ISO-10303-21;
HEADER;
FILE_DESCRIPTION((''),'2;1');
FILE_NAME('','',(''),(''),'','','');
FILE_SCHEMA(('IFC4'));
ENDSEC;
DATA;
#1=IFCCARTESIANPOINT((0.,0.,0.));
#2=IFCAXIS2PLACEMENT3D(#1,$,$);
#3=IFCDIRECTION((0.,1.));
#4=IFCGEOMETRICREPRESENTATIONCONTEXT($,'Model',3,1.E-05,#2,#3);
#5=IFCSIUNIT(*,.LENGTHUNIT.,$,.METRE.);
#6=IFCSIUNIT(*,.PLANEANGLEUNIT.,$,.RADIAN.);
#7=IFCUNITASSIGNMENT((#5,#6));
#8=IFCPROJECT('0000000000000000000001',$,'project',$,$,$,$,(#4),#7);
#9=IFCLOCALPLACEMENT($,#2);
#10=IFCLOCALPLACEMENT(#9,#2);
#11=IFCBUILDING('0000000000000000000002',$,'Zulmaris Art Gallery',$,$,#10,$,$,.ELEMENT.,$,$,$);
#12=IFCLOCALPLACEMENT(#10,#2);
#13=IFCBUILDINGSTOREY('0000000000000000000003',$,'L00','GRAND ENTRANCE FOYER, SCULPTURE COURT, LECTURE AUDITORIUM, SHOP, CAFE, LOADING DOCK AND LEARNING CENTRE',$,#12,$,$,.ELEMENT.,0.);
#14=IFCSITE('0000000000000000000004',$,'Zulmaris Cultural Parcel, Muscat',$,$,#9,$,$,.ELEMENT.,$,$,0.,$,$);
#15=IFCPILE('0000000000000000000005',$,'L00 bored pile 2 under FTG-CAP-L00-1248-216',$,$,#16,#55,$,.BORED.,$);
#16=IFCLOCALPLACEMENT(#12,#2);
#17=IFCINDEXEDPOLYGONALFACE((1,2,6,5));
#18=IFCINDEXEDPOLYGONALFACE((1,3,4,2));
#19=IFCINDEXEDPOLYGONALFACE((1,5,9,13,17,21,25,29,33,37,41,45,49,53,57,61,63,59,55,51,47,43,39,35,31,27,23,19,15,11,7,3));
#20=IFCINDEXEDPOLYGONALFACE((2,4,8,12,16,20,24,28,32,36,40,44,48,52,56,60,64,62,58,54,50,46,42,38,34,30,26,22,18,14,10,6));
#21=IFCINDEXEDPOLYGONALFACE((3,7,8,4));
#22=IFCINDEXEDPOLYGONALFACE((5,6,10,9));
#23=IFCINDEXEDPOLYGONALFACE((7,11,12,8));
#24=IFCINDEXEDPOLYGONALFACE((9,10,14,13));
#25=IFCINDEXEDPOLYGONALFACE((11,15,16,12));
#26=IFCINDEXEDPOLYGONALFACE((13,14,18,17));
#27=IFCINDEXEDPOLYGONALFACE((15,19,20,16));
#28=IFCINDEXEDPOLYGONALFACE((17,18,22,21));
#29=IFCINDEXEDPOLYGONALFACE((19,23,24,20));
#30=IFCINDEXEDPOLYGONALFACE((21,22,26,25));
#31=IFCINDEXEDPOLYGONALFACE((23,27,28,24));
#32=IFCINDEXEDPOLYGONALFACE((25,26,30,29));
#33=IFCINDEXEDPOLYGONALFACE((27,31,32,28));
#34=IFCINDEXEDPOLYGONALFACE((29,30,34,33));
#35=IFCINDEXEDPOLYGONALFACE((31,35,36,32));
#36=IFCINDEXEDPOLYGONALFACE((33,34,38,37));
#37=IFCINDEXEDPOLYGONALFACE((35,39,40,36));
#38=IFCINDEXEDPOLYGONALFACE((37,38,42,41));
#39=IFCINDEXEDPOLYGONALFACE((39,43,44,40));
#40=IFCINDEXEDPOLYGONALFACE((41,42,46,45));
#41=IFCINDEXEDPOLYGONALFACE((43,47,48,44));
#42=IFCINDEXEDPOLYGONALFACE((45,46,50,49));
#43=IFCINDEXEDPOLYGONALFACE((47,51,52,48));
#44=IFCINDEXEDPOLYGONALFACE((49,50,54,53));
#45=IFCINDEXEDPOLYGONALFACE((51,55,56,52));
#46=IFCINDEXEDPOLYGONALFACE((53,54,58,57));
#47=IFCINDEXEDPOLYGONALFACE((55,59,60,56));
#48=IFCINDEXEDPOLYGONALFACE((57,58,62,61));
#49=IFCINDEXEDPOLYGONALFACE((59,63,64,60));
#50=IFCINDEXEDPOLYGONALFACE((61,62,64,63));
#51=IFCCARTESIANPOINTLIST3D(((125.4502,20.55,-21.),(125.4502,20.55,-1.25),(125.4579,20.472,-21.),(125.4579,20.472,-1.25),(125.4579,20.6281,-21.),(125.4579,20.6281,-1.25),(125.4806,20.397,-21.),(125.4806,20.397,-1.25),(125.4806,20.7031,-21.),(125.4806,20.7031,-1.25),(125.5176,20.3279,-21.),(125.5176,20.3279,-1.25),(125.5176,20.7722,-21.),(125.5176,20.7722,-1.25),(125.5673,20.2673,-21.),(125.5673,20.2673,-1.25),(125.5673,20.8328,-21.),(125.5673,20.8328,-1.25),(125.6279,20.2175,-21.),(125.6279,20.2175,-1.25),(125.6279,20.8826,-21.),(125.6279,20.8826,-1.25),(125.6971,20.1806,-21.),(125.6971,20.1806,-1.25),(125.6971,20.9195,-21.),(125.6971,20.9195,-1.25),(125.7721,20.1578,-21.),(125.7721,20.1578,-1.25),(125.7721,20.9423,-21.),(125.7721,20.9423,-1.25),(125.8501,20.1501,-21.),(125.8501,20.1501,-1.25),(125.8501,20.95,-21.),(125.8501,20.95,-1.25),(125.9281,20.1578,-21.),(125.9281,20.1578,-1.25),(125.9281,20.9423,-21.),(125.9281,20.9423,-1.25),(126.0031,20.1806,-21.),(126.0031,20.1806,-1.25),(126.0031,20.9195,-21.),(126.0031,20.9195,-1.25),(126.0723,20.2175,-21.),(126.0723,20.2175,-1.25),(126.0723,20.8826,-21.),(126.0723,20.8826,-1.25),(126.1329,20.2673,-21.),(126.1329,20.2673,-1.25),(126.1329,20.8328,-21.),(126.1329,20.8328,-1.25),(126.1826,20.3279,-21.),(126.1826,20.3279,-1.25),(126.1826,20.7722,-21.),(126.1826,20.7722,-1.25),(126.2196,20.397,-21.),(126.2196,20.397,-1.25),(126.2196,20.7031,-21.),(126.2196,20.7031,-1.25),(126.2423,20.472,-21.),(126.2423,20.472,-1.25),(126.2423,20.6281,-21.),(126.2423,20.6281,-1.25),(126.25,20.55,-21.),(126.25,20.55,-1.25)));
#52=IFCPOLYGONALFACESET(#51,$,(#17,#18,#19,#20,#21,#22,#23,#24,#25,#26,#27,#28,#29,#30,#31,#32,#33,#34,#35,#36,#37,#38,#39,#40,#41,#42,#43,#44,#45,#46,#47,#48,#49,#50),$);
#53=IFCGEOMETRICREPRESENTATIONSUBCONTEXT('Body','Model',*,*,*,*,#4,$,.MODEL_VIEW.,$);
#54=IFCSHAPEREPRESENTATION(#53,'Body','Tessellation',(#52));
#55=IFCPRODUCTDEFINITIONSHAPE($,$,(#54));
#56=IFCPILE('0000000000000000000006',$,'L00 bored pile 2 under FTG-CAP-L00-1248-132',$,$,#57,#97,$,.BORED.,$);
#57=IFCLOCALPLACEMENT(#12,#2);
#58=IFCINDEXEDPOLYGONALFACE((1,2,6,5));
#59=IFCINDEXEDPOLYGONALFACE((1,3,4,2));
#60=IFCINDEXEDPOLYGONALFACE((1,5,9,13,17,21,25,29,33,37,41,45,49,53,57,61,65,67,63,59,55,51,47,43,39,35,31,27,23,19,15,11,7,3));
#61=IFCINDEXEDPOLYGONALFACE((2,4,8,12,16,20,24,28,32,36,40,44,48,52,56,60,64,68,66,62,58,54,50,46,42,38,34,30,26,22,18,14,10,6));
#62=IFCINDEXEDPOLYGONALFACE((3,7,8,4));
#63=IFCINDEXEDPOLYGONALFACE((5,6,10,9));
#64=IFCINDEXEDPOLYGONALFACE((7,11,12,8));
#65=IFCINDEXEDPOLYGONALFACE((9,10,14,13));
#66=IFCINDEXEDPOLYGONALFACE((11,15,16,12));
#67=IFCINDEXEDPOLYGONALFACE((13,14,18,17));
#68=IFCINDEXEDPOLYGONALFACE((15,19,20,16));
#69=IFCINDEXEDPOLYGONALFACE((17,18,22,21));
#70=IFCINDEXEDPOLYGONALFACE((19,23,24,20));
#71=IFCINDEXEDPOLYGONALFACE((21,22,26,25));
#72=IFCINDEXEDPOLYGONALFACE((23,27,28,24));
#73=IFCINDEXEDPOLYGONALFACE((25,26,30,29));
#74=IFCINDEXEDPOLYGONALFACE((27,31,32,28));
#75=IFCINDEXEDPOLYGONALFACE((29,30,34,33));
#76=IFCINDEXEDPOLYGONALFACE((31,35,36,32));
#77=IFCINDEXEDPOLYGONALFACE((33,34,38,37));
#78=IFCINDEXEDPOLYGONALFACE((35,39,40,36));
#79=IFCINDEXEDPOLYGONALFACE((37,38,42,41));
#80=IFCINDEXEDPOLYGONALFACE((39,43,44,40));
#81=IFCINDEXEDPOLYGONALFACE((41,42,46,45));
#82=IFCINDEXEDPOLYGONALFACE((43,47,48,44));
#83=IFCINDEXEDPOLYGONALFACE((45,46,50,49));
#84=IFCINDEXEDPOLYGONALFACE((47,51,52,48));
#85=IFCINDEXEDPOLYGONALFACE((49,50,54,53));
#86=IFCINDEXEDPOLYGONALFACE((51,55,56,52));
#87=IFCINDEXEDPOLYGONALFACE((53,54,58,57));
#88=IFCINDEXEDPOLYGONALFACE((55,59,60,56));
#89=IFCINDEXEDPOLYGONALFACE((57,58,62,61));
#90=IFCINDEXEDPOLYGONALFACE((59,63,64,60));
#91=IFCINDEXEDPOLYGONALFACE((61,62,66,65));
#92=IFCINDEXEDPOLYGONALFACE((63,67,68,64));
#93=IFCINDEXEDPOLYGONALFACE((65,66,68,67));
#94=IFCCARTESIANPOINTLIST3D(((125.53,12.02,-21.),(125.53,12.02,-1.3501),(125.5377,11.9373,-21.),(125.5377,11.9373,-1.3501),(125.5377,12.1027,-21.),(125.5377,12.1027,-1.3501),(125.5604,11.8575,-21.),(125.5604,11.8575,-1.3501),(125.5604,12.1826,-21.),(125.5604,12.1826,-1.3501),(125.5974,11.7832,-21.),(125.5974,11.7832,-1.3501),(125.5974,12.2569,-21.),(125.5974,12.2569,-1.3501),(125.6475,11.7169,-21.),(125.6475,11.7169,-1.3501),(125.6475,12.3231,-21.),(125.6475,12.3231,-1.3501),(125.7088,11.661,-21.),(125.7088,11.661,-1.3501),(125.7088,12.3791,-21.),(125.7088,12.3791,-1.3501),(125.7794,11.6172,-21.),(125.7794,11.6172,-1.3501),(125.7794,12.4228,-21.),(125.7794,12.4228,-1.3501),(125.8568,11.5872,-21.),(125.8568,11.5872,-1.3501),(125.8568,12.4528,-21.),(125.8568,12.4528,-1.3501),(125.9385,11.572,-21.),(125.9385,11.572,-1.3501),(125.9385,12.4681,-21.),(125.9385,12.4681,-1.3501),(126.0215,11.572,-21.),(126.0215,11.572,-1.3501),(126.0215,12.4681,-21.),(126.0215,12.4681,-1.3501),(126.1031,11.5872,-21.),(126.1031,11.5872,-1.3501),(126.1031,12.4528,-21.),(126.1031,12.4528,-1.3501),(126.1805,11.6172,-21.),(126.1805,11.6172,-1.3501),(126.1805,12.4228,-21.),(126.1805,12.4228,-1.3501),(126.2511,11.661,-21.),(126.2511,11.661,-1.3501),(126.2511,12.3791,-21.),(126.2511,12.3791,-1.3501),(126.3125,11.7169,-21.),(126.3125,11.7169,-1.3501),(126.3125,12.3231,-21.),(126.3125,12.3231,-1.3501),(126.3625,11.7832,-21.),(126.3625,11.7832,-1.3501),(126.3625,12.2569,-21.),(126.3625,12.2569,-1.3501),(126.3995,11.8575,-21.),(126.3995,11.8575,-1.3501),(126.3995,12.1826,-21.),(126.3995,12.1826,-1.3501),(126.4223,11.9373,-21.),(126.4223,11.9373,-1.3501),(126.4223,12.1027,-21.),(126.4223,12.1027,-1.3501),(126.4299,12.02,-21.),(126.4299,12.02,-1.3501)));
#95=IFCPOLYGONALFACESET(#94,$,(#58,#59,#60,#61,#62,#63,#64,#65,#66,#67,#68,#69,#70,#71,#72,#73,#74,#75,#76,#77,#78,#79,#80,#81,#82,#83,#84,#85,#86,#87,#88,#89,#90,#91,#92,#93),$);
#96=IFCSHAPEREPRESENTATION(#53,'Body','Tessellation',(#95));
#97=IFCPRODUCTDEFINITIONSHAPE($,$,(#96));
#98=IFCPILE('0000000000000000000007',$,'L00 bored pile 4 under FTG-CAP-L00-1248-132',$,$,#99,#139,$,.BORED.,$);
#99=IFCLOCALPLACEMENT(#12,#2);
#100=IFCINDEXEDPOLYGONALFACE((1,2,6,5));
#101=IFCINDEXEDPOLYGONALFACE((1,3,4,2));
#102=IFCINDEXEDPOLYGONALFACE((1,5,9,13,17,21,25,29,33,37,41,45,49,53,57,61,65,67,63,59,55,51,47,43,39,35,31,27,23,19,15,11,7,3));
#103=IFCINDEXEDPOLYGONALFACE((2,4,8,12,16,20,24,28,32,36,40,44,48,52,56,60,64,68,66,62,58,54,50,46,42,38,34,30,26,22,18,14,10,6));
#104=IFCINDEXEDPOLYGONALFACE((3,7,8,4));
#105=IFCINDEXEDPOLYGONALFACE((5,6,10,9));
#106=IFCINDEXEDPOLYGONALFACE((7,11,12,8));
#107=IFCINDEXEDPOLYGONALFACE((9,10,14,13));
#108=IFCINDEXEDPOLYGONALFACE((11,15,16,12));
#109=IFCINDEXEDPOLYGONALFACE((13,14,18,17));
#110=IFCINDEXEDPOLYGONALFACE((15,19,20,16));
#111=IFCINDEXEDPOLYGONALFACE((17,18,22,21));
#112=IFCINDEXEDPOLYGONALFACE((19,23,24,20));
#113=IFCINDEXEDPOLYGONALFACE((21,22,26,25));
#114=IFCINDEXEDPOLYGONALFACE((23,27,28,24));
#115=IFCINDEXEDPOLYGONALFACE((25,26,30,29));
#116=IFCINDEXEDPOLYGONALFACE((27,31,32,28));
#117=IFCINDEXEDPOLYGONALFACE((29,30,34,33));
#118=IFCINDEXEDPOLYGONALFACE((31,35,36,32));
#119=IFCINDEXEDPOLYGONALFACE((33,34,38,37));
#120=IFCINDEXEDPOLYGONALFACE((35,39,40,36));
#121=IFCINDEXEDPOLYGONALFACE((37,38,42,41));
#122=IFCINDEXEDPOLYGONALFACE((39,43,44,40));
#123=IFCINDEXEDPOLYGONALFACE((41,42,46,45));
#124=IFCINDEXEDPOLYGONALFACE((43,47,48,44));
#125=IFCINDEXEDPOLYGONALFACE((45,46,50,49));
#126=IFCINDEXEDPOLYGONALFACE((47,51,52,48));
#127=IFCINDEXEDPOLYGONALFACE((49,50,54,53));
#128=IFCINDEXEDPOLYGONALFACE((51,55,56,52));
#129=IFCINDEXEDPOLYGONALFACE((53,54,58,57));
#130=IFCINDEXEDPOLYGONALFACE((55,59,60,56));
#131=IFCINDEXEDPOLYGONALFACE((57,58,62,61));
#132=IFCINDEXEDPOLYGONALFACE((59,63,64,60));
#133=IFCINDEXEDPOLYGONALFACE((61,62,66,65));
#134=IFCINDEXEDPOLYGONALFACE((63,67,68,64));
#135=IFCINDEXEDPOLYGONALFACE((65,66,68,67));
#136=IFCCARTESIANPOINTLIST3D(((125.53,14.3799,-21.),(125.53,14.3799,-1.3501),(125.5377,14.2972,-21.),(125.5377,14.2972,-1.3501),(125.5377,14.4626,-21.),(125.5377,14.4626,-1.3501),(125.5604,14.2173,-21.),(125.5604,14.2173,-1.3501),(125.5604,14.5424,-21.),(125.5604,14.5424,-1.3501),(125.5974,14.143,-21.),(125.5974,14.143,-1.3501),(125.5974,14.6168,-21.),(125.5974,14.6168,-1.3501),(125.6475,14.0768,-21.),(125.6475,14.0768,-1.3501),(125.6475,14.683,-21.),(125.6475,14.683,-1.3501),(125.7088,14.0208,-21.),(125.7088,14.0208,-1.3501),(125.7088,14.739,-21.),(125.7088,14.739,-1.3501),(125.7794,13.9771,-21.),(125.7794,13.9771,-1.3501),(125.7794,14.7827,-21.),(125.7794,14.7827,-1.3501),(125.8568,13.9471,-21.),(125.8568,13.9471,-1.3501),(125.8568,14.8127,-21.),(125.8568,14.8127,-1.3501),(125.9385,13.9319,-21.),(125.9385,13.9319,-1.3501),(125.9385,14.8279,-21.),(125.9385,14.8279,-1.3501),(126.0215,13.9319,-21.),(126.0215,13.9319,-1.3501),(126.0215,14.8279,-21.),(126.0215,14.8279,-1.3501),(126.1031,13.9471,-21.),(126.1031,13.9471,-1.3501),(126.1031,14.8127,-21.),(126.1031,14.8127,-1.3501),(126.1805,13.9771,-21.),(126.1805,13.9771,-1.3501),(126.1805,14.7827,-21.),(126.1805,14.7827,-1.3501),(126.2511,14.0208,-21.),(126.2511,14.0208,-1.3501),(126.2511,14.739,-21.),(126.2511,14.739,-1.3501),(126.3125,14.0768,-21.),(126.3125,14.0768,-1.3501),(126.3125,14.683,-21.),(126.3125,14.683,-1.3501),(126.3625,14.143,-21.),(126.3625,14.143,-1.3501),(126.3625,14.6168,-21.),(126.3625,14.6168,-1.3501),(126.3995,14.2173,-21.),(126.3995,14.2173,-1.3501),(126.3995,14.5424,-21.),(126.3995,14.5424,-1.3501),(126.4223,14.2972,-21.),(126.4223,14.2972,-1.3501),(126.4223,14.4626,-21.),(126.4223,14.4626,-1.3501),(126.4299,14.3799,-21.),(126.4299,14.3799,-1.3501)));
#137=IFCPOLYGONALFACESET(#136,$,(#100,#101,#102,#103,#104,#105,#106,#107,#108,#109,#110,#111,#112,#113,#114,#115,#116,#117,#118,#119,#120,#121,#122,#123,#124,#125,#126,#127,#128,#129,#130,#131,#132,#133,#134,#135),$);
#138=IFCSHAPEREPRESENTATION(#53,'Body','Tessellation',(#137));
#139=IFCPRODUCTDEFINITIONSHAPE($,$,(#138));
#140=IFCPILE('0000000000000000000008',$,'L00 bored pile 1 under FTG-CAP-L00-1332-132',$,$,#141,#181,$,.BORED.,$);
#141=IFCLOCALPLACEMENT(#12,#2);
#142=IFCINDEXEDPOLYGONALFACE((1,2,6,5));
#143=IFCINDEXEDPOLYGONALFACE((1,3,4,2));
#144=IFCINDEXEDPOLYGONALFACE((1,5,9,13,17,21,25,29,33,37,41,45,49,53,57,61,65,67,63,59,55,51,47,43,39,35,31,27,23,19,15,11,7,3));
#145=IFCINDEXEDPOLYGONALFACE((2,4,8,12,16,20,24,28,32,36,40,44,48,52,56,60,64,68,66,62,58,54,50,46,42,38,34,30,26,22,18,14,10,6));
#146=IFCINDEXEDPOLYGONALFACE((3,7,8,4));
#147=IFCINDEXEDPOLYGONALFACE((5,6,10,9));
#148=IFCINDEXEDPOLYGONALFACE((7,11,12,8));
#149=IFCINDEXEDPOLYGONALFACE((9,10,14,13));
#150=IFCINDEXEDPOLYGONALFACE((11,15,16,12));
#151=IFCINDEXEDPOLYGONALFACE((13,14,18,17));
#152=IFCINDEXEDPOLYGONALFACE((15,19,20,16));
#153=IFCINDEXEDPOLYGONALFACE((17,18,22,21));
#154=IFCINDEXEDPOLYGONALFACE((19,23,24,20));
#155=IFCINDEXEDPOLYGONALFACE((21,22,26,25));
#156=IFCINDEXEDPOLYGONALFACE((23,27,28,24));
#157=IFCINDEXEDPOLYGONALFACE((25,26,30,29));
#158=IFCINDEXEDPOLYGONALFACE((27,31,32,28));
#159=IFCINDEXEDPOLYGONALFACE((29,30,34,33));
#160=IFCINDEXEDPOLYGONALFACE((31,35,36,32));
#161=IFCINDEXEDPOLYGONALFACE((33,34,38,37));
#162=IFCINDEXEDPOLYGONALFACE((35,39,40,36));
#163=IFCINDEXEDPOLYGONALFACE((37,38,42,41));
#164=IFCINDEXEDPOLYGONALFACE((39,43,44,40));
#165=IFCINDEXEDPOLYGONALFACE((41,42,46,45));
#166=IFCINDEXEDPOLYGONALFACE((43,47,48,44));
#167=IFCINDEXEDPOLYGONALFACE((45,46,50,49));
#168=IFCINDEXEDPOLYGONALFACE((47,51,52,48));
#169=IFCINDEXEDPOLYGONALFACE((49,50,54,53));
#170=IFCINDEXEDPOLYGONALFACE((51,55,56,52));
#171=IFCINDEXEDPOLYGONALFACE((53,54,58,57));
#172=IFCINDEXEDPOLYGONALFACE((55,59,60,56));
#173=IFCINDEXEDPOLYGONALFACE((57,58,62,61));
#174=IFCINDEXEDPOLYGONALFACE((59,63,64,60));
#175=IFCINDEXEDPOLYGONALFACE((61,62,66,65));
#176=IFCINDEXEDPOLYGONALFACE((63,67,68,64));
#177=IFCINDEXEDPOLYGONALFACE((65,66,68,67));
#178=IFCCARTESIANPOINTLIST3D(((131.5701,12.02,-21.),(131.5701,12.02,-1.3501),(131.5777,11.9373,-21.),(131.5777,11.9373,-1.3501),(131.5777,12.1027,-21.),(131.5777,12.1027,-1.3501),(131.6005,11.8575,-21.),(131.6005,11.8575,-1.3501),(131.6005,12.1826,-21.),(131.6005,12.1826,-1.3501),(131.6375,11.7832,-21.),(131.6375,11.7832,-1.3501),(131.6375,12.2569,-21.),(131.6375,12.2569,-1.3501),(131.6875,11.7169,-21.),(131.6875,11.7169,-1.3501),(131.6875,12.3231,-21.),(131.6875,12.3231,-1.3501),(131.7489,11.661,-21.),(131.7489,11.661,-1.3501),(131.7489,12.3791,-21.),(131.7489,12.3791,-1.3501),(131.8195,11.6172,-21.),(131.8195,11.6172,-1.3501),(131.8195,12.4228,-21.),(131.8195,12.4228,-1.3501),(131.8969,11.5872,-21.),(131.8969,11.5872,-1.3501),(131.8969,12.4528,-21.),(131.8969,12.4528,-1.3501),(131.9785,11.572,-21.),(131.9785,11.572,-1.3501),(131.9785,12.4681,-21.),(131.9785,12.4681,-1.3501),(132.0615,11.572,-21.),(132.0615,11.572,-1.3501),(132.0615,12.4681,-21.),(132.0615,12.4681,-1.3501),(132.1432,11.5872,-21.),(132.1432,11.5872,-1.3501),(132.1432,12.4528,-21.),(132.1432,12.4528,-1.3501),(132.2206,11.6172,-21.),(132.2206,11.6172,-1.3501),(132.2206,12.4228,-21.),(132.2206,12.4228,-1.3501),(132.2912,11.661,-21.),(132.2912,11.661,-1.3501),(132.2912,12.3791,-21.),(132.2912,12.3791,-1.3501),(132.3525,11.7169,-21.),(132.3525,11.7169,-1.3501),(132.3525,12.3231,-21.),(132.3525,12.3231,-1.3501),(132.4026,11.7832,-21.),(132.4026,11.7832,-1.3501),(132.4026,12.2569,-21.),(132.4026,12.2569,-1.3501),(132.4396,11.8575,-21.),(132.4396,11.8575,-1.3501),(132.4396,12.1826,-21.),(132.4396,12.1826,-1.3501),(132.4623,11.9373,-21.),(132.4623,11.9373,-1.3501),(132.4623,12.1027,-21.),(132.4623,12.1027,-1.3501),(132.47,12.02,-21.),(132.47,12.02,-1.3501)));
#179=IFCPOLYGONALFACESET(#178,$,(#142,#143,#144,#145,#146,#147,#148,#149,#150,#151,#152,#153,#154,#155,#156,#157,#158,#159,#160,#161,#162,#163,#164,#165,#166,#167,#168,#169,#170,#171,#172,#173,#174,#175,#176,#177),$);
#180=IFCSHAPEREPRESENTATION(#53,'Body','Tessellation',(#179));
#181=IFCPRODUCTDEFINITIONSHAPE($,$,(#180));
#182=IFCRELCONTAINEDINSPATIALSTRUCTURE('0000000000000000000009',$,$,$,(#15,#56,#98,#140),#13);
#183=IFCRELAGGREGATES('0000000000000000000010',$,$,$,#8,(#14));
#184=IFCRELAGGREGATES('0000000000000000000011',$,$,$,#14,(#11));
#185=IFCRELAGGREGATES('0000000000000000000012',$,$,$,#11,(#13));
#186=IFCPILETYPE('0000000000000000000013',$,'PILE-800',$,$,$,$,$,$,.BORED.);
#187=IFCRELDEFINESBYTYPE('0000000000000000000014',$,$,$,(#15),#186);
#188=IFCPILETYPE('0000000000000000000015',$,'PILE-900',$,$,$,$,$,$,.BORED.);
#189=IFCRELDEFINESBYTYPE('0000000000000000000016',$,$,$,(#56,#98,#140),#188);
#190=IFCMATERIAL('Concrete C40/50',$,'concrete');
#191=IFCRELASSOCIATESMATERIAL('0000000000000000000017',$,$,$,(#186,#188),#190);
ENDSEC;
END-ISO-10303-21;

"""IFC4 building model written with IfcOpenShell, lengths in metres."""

from ifc_helpers import new_model, si_unit, direction, frame, origin, origin_2d, place, context, subcontext, project, spatial, circle, extrude, material, material_profile, profile_set, type_object, element, save


model = new_model("IFC4")

# Units and contexts
model_context = context("Model", 3, precision=1e-05, world=origin(), true_north=direction((0.0, 1.0)))
body_context = subcontext(model_context, "Body", "Model", "MODEL_VIEW")
ifc_project = project(units=[si_unit("LENGTHUNIT", "METRE"), si_unit("PLANEANGLEUNIT", "RADIAN")], contexts=[model_context])

# Site, building, storey
site_placement = place(None, origin())
site = spatial("IfcSite", under=ifc_project, at=site_placement, Name="Zulmaris Cultural Parcel, Muscat", CompositionType="ELEMENT", RefElevation=0.0)
building_placement = place(site_placement, origin())
building = spatial("IfcBuilding", under=site, at=building_placement, Name="Zulmaris Art Gallery", CompositionType="ELEMENT")
storey_placement = place(building_placement, origin())
storey = spatial("IfcBuildingStorey", under=building, at=storey_placement, Name="L00", Description="GRAND ENTRANCE FOYER, SCULPTURE COURT, LECTURE AUDITORIUM, SHOP, CAFE, LOADING DOCK AND LEARNING CENTRE", CompositionType="ELEMENT", Elevation=0.0)

# Piles
ifc_material_1 = material(Name="Concrete C40/50", Category="concrete")
ifc_material_profile_1 = material_profile(ifc_material_1, circle(Radius=0.3999, at=origin_2d()), Name="PILE DIA 800")
ifc_profile_set_1 = profile_set([ifc_material_profile_1], Name="Concrete C40/50")
pile_type_1 = type_object("IfcPileType", Name="PILE-800", PredefinedType="BORED", material=ifc_profile_set_1)
pile_placement = place(storey_placement, frame((125.8501, 20.55, -1.25), z_axis=(0.0, 0.0, -1.0), x_axis=(1.0, 0.0, 0.0)))
element("IfcPile", 1, at=pile_placement, inside=storey, type_object=pile_type_1, Name="L00 bored pile 2 under FTG-CAP-L00-1248-216", PredefinedType="BORED", context=body_context, shape_type="SweptSolid", body=[
    extrude(circle(Radius=0.3999, at=origin_2d()), origin(), (0.0, 0.0, 1.0), 19.75),
])
ifc_material_profile_2 = material_profile(ifc_material_1, circle(Radius=0.45, at=origin_2d()), Name="PILE DIA 900")
ifc_profile_set_2 = profile_set([ifc_material_profile_2], Name="Concrete C40/50")
pile_type_2 = type_object("IfcPileType", Name="PILE-900", PredefinedType="BORED", material=ifc_profile_set_2)
for number, where, z_axis, x_axis, name in (
    (2, (125.98, 12.02, -1.3501), (0.0, 0.0, -1.0), (1.0, 0.0, 0.0), "L00 bored pile 2 under FTG-CAP-L00-1248-132"),
    (3, (125.98, 14.3799, -1.3501), (0.0, 0.0, -1.0), (1.0, 0.0, 0.0), "L00 bored pile 4 under FTG-CAP-L00-1248-132"),
    (4, (132.02, 12.02, -1.3501), (0.0, 0.0, -1.0), (1.0, 0.0, 0.0), "L00 bored pile 1 under FTG-CAP-L00-1332-132"),
):
    element("IfcPile", number, at=place(storey_placement, frame(where, z_axis=z_axis, x_axis=x_axis)), inside=storey, type_object=pile_type_2, Name=name, PredefinedType="BORED", context=body_context, shape_type="SweptSolid", body=[
        extrude(circle(Radius=0.45, at=origin_2d()), origin(), (0.0, 0.0, 1.0), 19.6499),
    ])

save(model, "model.ifc")
